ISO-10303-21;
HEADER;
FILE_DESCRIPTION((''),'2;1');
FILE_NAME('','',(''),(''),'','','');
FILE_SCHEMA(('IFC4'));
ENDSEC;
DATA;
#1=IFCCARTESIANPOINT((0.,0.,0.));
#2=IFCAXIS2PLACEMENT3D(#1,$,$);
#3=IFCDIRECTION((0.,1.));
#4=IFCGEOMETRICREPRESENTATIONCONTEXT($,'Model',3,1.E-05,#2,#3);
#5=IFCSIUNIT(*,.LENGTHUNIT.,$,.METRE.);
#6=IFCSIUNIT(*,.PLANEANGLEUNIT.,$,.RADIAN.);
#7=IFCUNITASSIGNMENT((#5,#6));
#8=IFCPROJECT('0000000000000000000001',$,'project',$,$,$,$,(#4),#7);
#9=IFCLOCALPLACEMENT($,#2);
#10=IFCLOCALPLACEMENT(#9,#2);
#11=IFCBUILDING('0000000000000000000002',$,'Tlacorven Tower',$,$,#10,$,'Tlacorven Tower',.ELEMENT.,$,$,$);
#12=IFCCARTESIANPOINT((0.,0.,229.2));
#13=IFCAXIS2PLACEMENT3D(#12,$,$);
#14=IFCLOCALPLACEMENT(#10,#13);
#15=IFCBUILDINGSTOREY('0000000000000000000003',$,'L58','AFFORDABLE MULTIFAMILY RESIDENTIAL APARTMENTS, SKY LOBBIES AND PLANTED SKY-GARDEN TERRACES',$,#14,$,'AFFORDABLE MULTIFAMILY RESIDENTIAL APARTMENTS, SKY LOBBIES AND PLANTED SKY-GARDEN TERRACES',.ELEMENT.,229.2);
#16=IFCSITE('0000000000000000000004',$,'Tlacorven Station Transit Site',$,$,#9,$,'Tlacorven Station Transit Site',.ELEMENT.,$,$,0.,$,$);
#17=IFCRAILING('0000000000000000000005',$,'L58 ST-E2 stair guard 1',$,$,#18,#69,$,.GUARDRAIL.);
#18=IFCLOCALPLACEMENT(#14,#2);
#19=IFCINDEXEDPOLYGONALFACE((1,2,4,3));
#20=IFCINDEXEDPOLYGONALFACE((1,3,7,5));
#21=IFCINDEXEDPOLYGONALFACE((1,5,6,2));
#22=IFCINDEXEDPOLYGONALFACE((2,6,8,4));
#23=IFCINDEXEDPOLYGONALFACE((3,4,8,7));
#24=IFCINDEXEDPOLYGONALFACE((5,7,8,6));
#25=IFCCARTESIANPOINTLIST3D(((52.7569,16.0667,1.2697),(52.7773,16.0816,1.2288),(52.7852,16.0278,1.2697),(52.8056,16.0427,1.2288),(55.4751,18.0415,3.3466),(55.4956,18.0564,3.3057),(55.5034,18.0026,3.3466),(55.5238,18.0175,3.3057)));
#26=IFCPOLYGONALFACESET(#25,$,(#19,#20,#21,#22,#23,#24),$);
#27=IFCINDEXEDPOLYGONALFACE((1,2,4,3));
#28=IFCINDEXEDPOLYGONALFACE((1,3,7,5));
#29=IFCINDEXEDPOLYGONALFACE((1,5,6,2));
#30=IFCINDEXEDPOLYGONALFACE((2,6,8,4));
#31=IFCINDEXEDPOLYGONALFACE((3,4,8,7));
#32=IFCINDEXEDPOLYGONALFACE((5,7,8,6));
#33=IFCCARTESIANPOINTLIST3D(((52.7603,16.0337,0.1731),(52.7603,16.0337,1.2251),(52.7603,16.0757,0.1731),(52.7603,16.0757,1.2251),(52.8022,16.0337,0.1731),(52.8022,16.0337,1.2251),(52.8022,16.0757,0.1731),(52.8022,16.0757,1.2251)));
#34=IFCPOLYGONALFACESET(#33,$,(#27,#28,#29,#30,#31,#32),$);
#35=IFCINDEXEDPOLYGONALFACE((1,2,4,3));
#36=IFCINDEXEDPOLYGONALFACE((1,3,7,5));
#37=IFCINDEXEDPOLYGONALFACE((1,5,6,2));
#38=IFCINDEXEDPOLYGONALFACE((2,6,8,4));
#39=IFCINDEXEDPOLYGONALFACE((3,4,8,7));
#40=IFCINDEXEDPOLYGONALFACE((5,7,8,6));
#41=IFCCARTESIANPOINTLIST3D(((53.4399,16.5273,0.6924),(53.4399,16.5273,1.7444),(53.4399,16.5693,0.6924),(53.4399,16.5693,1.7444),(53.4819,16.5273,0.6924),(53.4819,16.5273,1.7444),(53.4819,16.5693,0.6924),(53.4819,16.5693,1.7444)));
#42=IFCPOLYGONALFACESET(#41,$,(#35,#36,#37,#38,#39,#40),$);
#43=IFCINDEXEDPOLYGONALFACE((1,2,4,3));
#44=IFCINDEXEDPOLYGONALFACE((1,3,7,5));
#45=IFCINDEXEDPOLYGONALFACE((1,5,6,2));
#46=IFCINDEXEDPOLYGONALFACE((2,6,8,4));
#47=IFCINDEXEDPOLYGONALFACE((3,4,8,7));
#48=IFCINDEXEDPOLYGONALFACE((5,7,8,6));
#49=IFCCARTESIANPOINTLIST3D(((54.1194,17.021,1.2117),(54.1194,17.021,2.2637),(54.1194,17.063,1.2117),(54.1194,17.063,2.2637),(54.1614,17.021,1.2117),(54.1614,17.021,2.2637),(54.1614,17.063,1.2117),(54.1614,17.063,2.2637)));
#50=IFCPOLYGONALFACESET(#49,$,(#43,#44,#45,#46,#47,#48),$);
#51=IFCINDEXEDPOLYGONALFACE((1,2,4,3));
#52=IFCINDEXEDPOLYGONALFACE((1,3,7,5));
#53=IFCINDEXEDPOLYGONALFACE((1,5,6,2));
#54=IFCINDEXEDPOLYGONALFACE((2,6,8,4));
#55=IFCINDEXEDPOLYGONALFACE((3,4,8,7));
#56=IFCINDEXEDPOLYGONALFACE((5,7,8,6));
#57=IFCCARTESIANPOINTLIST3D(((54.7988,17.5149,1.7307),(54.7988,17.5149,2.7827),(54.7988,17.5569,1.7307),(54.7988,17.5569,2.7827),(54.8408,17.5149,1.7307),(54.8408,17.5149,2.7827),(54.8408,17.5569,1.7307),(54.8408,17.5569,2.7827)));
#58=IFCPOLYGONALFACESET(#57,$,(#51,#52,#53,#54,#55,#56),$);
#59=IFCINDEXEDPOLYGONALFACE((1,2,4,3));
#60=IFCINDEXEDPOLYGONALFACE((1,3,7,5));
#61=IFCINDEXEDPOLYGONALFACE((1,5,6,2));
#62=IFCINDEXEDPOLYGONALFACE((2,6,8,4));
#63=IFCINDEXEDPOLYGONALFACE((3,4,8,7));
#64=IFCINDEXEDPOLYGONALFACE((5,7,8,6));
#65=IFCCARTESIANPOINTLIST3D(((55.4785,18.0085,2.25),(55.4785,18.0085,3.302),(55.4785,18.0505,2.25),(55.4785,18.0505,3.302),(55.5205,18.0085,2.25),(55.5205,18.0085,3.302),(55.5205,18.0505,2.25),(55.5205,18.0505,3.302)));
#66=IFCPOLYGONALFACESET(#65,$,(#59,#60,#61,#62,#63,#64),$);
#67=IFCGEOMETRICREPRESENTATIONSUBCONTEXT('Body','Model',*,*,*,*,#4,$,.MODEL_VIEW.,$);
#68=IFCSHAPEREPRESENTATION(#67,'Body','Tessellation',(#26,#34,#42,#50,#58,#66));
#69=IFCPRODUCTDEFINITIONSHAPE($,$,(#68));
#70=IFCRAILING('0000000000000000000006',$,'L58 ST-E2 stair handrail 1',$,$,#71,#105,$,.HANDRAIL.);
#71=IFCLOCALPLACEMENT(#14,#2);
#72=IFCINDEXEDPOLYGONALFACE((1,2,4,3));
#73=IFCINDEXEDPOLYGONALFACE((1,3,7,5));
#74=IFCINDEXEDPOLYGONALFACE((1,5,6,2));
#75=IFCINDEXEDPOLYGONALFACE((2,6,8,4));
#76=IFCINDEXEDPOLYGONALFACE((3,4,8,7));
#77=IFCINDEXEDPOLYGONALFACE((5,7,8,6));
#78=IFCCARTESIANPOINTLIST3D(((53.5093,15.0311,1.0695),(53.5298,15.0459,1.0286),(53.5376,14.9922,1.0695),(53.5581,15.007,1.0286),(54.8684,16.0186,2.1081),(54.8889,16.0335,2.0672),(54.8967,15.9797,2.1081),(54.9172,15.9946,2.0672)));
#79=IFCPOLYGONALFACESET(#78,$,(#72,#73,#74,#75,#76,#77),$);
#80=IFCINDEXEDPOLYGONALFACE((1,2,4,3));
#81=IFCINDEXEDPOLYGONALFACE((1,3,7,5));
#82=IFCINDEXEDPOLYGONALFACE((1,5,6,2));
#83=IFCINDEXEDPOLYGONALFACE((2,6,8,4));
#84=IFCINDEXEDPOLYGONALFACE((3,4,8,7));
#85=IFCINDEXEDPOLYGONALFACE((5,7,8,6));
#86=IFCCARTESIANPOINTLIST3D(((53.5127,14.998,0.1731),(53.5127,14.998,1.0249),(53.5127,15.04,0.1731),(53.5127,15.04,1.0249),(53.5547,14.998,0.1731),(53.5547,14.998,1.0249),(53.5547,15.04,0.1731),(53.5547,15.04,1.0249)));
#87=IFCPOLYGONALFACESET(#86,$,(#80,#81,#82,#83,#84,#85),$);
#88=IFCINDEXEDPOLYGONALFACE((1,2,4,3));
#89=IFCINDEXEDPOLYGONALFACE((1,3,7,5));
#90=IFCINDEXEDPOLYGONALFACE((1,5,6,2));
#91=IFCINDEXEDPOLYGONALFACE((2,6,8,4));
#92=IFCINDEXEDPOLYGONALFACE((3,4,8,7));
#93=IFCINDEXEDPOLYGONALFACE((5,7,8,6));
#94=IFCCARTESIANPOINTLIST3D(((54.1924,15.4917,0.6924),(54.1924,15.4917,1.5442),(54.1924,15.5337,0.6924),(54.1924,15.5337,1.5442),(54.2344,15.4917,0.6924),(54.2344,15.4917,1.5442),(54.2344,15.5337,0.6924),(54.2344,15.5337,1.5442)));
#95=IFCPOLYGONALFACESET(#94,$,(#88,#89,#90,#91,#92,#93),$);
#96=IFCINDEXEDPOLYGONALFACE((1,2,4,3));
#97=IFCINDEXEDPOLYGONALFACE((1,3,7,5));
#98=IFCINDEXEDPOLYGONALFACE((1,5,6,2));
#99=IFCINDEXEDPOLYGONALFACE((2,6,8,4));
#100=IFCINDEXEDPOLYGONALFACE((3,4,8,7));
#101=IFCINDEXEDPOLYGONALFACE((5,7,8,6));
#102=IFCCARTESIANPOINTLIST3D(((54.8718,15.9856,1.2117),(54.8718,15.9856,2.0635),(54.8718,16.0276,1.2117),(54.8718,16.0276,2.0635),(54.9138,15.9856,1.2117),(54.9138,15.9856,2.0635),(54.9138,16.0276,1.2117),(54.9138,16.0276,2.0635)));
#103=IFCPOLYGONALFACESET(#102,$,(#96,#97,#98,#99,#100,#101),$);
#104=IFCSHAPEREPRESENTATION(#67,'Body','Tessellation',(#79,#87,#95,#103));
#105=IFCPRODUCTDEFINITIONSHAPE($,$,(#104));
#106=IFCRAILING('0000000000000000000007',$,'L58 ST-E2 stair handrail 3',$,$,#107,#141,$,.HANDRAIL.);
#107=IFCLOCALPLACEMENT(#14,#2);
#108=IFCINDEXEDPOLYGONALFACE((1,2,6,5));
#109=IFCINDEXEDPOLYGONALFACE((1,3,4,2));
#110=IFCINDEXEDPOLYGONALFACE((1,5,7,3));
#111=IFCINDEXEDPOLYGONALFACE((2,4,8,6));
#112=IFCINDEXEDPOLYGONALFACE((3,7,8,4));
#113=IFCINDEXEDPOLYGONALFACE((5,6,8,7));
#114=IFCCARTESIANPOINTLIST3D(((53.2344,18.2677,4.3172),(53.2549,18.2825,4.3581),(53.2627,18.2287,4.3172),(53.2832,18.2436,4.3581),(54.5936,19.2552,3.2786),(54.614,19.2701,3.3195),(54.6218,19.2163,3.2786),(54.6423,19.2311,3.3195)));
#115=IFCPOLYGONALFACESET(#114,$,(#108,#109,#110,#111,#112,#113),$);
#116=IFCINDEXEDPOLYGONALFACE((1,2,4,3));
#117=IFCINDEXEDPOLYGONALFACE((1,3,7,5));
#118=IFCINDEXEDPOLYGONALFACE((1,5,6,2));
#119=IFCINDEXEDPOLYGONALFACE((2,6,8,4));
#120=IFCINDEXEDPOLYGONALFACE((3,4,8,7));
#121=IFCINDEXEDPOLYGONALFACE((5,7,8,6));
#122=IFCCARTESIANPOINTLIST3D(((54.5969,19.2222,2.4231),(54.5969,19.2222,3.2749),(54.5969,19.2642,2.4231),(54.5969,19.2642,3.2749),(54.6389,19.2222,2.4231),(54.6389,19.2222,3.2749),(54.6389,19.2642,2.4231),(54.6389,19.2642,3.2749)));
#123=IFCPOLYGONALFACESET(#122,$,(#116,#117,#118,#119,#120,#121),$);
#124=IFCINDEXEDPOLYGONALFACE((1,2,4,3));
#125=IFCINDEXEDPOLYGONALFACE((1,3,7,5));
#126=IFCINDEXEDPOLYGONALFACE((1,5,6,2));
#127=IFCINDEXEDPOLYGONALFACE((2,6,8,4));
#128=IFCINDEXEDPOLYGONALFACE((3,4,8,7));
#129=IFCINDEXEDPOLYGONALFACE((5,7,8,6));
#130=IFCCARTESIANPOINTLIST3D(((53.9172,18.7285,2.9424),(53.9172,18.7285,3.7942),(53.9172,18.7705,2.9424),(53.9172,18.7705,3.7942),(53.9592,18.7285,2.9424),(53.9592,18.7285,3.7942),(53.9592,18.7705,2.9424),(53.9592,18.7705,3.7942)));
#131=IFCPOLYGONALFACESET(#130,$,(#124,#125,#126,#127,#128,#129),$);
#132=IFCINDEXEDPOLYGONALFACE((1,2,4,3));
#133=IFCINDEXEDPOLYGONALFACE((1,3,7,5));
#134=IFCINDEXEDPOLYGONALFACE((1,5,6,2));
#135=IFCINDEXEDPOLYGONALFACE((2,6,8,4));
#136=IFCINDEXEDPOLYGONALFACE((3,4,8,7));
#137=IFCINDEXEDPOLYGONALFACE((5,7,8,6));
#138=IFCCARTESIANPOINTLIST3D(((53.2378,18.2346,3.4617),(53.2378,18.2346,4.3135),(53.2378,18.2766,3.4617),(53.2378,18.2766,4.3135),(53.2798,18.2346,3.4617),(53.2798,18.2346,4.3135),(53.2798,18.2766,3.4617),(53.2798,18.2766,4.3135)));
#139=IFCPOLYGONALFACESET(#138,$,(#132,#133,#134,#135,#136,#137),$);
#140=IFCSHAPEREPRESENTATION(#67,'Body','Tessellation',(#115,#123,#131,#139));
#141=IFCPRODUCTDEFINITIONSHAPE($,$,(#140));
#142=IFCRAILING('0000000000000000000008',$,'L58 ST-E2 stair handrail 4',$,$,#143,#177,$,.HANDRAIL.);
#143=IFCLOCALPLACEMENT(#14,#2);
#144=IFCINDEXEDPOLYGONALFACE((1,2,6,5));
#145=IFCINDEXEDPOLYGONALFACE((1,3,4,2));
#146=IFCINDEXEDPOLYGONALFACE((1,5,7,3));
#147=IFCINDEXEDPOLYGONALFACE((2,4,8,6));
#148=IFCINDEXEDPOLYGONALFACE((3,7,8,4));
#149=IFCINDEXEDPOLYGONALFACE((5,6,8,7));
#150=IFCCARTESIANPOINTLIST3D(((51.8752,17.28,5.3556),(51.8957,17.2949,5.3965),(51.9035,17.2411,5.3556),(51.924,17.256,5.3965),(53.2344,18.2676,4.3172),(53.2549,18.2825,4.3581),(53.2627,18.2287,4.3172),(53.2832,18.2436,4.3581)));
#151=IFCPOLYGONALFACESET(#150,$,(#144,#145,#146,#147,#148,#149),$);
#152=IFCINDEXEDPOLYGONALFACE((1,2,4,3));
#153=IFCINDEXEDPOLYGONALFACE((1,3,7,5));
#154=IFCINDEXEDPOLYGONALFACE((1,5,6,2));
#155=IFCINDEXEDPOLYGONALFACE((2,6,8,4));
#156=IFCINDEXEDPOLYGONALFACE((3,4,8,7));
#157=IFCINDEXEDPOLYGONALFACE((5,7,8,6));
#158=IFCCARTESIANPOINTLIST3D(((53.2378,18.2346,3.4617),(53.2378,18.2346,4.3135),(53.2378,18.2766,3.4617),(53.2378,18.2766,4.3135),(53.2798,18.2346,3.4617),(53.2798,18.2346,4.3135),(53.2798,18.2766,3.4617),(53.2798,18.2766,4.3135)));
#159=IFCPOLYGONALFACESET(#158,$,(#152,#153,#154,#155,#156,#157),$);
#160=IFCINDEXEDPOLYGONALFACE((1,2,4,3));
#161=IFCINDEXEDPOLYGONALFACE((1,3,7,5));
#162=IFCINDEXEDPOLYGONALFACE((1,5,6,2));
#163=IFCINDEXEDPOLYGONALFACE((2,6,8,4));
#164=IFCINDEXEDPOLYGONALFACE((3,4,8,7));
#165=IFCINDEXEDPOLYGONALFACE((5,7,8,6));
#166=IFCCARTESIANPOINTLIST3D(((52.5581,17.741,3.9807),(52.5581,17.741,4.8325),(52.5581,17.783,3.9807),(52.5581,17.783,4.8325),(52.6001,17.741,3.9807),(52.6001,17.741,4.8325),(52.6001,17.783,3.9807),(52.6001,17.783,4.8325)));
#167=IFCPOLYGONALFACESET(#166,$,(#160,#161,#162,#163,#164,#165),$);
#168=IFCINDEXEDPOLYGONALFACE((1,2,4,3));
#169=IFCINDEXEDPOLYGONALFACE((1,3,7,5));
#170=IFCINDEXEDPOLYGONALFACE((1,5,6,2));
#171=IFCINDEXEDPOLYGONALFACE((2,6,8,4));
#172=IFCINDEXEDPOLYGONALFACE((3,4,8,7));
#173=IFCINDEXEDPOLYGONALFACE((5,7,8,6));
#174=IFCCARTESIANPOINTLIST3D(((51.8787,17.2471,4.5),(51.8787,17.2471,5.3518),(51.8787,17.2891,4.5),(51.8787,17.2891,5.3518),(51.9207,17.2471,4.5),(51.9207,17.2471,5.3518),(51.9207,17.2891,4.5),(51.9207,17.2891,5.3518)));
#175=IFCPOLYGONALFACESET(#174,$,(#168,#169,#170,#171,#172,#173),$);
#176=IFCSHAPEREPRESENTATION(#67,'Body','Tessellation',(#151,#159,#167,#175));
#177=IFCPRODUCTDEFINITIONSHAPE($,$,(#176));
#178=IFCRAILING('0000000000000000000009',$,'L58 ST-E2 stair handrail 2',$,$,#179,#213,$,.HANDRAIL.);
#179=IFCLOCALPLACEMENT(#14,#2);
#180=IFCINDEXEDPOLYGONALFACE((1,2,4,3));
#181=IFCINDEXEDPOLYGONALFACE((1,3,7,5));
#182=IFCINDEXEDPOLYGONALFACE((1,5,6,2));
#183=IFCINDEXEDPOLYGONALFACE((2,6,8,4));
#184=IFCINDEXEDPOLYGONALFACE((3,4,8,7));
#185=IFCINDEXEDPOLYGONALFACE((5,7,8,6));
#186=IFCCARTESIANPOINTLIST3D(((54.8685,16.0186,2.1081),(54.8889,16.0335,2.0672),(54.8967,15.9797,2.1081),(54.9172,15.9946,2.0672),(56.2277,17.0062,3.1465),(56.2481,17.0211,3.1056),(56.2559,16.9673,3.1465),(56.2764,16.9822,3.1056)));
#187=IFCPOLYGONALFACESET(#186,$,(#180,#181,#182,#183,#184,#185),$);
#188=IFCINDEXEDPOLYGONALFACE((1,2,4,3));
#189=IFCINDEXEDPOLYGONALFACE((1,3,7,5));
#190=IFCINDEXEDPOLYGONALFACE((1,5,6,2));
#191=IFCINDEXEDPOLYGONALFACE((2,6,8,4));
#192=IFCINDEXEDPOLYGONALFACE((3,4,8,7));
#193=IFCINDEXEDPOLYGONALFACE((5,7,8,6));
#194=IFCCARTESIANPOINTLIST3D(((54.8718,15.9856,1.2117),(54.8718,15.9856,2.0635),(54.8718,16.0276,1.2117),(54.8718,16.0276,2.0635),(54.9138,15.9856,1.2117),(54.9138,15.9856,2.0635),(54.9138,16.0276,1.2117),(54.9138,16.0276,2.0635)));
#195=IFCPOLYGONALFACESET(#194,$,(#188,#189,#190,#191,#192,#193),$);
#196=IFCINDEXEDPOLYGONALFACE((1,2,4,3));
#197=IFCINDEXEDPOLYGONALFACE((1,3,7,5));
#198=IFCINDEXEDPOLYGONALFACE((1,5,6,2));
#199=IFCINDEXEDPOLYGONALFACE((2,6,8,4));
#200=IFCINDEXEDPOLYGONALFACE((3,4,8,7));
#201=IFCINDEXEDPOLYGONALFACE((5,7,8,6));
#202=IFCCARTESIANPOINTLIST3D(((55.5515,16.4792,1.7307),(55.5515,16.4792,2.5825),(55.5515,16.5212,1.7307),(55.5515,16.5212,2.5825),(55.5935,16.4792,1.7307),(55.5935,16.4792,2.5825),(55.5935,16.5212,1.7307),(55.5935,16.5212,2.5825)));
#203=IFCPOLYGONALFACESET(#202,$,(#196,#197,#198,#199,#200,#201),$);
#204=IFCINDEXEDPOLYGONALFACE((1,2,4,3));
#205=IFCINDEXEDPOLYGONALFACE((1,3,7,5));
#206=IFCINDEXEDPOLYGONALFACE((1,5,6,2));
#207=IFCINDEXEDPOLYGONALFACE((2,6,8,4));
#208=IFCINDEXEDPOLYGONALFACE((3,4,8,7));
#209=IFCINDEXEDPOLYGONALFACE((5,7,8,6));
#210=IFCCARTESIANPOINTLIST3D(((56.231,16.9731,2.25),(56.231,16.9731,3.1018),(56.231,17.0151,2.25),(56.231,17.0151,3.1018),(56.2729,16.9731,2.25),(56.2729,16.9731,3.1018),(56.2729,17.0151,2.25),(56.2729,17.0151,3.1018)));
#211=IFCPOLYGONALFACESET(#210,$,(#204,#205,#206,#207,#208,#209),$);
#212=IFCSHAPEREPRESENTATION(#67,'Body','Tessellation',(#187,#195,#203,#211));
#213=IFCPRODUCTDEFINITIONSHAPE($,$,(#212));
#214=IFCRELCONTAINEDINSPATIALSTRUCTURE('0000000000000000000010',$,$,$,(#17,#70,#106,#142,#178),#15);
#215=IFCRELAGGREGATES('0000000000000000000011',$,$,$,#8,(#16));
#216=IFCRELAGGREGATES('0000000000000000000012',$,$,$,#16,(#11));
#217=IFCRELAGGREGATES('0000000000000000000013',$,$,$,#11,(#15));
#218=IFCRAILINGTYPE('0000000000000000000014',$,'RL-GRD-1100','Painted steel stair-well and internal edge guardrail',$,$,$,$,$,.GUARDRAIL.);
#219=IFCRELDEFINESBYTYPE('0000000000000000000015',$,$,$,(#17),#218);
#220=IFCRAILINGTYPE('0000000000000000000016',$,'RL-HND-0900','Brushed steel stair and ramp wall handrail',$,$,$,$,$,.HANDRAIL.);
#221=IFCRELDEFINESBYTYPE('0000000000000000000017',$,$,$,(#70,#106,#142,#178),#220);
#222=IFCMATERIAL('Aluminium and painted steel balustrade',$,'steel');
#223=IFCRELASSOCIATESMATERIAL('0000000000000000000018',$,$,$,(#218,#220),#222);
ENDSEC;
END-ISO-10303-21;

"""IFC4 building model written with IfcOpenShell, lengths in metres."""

from ifc_helpers import new_model, si_unit, direction, frame, origin, origin_2d, place, context, subcontext, project, spatial, rectangle, extrude, source, transform, mapped, material, type_object, element, save


model = new_model("IFC4")

# Units and contexts
model_context = context("Model", 3, precision=1e-05, world=origin(), true_north=direction((0.0, 1.0)))
body_context = subcontext(model_context, "Body", "Model", "MODEL_VIEW")
ifc_project = project(units=[si_unit("LENGTHUNIT", "METRE"), si_unit("PLANEANGLEUNIT", "RADIAN")], contexts=[model_context])

# Site, building, storey
site_placement = place(None, origin())
site = spatial("IfcSite", under=ifc_project, at=site_placement, Name="Tlacorven Station Transit Site", LongName="Tlacorven Station Transit Site", CompositionType="ELEMENT", RefElevation=0.0)
building_placement = place(site_placement, origin())
building = spatial("IfcBuilding", under=site, at=building_placement, Name="Tlacorven Tower", LongName="Tlacorven Tower", CompositionType="ELEMENT")
storey_placement = place(building_placement, frame((0.0, 0.0, 229.2)))
storey = spatial("IfcBuildingStorey", under=building, at=storey_placement, Name="L58", Description="AFFORDABLE MULTIFAMILY RESIDENTIAL APARTMENTS, SKY LOBBIES AND PLANTED SKY-GARDEN TERRACES", LongName="AFFORDABLE MULTIFAMILY RESIDENTIAL APARTMENTS, SKY LOBBIES AND PLANTED SKY-GARDEN TERRACES", CompositionType="ELEMENT", Elevation=229.2)

# Railings
ifc_material_1 = material(Name="Aluminium and painted steel balustrade", Category="steel")
railing_type_1 = type_object("IfcRailingType", Name="RL-GRD-1100", Description="Painted steel stair-well and internal edge guardrail", PredefinedType="GUARDRAIL", material=ifc_material_1)
shared_shape_1 = source(origin(), body_context, "Body", "SweptSolid", [
    extrude(rectangle(XDim=0.0481, YDim=0.0481, at=origin_2d()), frame((0.0, 0.0, 1.0762), z_axis=(0.688167, 0.499963, 0.525798), x_axis=(-0.58777, 0.809028, 0.0)), (0.0, 0.0, 1.0), 3.95),
    extrude(rectangle(XDim=0.042, YDim=0.042, at=origin_2d()), origin(), (0.0, 0.0, 1.0), 1.052),
    extrude(rectangle(XDim=0.042, YDim=0.042, at=origin_2d()), frame((0.6797, 0.4937, 0.5193)), (0.0, 0.0, 1.0), 1.052),
    extrude(rectangle(XDim=0.042, YDim=0.042, at=origin_2d()), frame((1.3591, 0.9873, 1.0386)), (0.0, 0.0, 1.0), 1.052),
    extrude(rectangle(XDim=0.042, YDim=0.042, at=origin_2d()), frame((2.0386, 1.4812, 1.5576)), (0.0, 0.0, 1.0), 1.052),
    extrude(rectangle(XDim=0.042, YDim=0.042, at=origin_2d()), frame((2.7183, 1.9749, 2.0769)), (0.0, 0.0, 1.0), 1.052),
])
railing_1_placement = place(storey_placement, frame((52.7812, 16.0547, 0.1731)))
element("IfcRailing", 1, at=railing_1_placement, inside=storey, type_object=railing_type_1, Name="L58 ST-E2 stair guard 1", PredefinedType="GUARDRAIL", context=body_context, shape_type="MappedRepresentation", body=[
    mapped(shared_shape_1, transform((0.0, 0.0, 0.0), scale=1.0)),
])
railing_type_2 = type_object("IfcRailingType", Name="RL-HND-0900", Description="Brushed steel stair and ramp wall handrail", PredefinedType="HANDRAIL", material=ifc_material_1)
shared_shape_2 = source(origin(), body_context, "Body", "SweptSolid", [
    extrude(rectangle(XDim=0.0481, YDim=0.0481, at=origin_2d()), frame((0.0, 0.0, 0.876), z_axis=(0.688123, 0.499993, 0.525827), x_axis=(-0.587817, 0.808994, 0.0)), (0.0, 0.0, 1.0), 1.9751),
    extrude(rectangle(XDim=0.042, YDim=0.042, at=origin_2d()), origin(), (0.0, 0.0, 1.0), 0.8518),
    extrude(rectangle(XDim=0.042, YDim=0.042, at=origin_2d()), frame((0.6797, 0.4937, 0.5193)), (0.0, 0.0, 1.0), 0.8518),
    extrude(rectangle(XDim=0.042, YDim=0.042, at=origin_2d()), frame((1.3591, 0.9875, 1.0386)), (0.0, 0.0, 1.0), 0.8518),
])
railing_2_placement = place(storey_placement, frame((53.5337, 15.019, 0.1731)))
element("IfcRailing", 2, at=railing_2_placement, inside=storey, type_object=railing_type_2, Name="L58 ST-E2 stair handrail 1", PredefinedType="HANDRAIL", context=body_context, shape_type="MappedRepresentation", body=[
    mapped(shared_shape_2, transform((0.0, 0.0, 0.0), scale=1.0)),
])
shared_shape_3 = source(origin(), body_context, "Body", "SweptSolid", [
    extrude(rectangle(XDim=0.0481, YDim=0.0481, at=origin_2d()), frame((0.0, 0.0, 0.876), z_axis=(-0.688123, -0.499993, 0.525827), x_axis=(0.587817, -0.808994, 0.0)), (0.0, 0.0, 1.0), 1.9751),
    extrude(rectangle(XDim=0.042, YDim=0.042, at=origin_2d()), origin(), (0.0, 0.0, 1.0), 0.8518),
    extrude(rectangle(XDim=0.042, YDim=0.042, at=origin_2d()), frame((-0.6797, -0.4937, 0.5193)), (0.0, 0.0, 1.0), 0.8518),
    extrude(rectangle(XDim=0.042, YDim=0.042, at=origin_2d()), frame((-1.3591, -0.9875, 1.0386)), (0.0, 0.0, 1.0), 0.8518),
])
railing_3_placement = place(storey_placement, frame((54.6179, 19.2432, 2.4231)))
element("IfcRailing", 3, at=railing_3_placement, inside=storey, type_object=railing_type_2, Name="L58 ST-E2 stair handrail 3", PredefinedType="HANDRAIL", context=body_context, shape_type="MappedRepresentation", body=[
    mapped(shared_shape_3, transform((0.0, 0.0, 0.0), scale=1.0)),
])
shared_shape_4 = source(origin(), body_context, "Body", "SweptSolid", [
    extrude(rectangle(XDim=0.0481, YDim=0.0481, at=origin_2d()), frame((0.0, 0.0, 0.876), z_axis=(-0.688168, -0.500025, 0.525737), x_axis=(0.587817, -0.808994, 0.0)), (0.0, 0.0, 1.0), 1.9751),
    extrude(rectangle(XDim=0.042, YDim=0.042, at=origin_2d()), origin(), (0.0, 0.0, 1.0), 0.8518),
    extrude(rectangle(XDim=0.042, YDim=0.042, at=origin_2d()), frame((-0.6797, -0.4937, 0.519)), (0.0, 0.0, 1.0), 0.8518),
    extrude(rectangle(XDim=0.042, YDim=0.042, at=origin_2d()), frame((-1.3591, -0.9875, 1.0383)), (0.0, 0.0, 1.0), 0.8518),
])
railing_4_placement = place(storey_placement, frame((53.2588, 18.2556, 3.4617)))
element("IfcRailing", 4, at=railing_4_placement, inside=storey, type_object=railing_type_2, Name="L58 ST-E2 stair handrail 4", PredefinedType="HANDRAIL", context=body_context, shape_type="MappedRepresentation", body=[
    mapped(shared_shape_4, transform((0.0, 0.0, 0.0), scale=1.0)),
])
shared_shape_5 = source(origin(), body_context, "Body", "SweptSolid", [
    extrude(rectangle(XDim=0.0481, YDim=0.0481, at=origin_2d()), frame((0.0, 0.0, 0.876), z_axis=(0.688168, 0.500025, 0.525737), x_axis=(-0.587817, 0.808994, 0.0)), (0.0, 0.0, 1.0), 1.9751),
    extrude(rectangle(XDim=0.042, YDim=0.042, at=origin_2d()), origin(), (0.0, 0.0, 1.0), 0.8518),
    extrude(rectangle(XDim=0.042, YDim=0.042, at=origin_2d()), frame((0.6797, 0.4937, 0.519)), (0.0, 0.0, 1.0), 0.8518),
    extrude(rectangle(XDim=0.042, YDim=0.042, at=origin_2d()), frame((1.3591, 0.9875, 1.0383)), (0.0, 0.0, 1.0), 0.8518),
])
railing_5_placement = place(storey_placement, frame((54.8928, 16.0066, 1.2117)))
element("IfcRailing", 5, at=railing_5_placement, inside=storey, type_object=railing_type_2, Name="L58 ST-E2 stair handrail 2", PredefinedType="HANDRAIL", context=body_context, shape_type="MappedRepresentation", body=[
    mapped(shared_shape_5, transform((0.0, 0.0, 0.0), scale=1.0)),
])

save(model, "model.ifc")
